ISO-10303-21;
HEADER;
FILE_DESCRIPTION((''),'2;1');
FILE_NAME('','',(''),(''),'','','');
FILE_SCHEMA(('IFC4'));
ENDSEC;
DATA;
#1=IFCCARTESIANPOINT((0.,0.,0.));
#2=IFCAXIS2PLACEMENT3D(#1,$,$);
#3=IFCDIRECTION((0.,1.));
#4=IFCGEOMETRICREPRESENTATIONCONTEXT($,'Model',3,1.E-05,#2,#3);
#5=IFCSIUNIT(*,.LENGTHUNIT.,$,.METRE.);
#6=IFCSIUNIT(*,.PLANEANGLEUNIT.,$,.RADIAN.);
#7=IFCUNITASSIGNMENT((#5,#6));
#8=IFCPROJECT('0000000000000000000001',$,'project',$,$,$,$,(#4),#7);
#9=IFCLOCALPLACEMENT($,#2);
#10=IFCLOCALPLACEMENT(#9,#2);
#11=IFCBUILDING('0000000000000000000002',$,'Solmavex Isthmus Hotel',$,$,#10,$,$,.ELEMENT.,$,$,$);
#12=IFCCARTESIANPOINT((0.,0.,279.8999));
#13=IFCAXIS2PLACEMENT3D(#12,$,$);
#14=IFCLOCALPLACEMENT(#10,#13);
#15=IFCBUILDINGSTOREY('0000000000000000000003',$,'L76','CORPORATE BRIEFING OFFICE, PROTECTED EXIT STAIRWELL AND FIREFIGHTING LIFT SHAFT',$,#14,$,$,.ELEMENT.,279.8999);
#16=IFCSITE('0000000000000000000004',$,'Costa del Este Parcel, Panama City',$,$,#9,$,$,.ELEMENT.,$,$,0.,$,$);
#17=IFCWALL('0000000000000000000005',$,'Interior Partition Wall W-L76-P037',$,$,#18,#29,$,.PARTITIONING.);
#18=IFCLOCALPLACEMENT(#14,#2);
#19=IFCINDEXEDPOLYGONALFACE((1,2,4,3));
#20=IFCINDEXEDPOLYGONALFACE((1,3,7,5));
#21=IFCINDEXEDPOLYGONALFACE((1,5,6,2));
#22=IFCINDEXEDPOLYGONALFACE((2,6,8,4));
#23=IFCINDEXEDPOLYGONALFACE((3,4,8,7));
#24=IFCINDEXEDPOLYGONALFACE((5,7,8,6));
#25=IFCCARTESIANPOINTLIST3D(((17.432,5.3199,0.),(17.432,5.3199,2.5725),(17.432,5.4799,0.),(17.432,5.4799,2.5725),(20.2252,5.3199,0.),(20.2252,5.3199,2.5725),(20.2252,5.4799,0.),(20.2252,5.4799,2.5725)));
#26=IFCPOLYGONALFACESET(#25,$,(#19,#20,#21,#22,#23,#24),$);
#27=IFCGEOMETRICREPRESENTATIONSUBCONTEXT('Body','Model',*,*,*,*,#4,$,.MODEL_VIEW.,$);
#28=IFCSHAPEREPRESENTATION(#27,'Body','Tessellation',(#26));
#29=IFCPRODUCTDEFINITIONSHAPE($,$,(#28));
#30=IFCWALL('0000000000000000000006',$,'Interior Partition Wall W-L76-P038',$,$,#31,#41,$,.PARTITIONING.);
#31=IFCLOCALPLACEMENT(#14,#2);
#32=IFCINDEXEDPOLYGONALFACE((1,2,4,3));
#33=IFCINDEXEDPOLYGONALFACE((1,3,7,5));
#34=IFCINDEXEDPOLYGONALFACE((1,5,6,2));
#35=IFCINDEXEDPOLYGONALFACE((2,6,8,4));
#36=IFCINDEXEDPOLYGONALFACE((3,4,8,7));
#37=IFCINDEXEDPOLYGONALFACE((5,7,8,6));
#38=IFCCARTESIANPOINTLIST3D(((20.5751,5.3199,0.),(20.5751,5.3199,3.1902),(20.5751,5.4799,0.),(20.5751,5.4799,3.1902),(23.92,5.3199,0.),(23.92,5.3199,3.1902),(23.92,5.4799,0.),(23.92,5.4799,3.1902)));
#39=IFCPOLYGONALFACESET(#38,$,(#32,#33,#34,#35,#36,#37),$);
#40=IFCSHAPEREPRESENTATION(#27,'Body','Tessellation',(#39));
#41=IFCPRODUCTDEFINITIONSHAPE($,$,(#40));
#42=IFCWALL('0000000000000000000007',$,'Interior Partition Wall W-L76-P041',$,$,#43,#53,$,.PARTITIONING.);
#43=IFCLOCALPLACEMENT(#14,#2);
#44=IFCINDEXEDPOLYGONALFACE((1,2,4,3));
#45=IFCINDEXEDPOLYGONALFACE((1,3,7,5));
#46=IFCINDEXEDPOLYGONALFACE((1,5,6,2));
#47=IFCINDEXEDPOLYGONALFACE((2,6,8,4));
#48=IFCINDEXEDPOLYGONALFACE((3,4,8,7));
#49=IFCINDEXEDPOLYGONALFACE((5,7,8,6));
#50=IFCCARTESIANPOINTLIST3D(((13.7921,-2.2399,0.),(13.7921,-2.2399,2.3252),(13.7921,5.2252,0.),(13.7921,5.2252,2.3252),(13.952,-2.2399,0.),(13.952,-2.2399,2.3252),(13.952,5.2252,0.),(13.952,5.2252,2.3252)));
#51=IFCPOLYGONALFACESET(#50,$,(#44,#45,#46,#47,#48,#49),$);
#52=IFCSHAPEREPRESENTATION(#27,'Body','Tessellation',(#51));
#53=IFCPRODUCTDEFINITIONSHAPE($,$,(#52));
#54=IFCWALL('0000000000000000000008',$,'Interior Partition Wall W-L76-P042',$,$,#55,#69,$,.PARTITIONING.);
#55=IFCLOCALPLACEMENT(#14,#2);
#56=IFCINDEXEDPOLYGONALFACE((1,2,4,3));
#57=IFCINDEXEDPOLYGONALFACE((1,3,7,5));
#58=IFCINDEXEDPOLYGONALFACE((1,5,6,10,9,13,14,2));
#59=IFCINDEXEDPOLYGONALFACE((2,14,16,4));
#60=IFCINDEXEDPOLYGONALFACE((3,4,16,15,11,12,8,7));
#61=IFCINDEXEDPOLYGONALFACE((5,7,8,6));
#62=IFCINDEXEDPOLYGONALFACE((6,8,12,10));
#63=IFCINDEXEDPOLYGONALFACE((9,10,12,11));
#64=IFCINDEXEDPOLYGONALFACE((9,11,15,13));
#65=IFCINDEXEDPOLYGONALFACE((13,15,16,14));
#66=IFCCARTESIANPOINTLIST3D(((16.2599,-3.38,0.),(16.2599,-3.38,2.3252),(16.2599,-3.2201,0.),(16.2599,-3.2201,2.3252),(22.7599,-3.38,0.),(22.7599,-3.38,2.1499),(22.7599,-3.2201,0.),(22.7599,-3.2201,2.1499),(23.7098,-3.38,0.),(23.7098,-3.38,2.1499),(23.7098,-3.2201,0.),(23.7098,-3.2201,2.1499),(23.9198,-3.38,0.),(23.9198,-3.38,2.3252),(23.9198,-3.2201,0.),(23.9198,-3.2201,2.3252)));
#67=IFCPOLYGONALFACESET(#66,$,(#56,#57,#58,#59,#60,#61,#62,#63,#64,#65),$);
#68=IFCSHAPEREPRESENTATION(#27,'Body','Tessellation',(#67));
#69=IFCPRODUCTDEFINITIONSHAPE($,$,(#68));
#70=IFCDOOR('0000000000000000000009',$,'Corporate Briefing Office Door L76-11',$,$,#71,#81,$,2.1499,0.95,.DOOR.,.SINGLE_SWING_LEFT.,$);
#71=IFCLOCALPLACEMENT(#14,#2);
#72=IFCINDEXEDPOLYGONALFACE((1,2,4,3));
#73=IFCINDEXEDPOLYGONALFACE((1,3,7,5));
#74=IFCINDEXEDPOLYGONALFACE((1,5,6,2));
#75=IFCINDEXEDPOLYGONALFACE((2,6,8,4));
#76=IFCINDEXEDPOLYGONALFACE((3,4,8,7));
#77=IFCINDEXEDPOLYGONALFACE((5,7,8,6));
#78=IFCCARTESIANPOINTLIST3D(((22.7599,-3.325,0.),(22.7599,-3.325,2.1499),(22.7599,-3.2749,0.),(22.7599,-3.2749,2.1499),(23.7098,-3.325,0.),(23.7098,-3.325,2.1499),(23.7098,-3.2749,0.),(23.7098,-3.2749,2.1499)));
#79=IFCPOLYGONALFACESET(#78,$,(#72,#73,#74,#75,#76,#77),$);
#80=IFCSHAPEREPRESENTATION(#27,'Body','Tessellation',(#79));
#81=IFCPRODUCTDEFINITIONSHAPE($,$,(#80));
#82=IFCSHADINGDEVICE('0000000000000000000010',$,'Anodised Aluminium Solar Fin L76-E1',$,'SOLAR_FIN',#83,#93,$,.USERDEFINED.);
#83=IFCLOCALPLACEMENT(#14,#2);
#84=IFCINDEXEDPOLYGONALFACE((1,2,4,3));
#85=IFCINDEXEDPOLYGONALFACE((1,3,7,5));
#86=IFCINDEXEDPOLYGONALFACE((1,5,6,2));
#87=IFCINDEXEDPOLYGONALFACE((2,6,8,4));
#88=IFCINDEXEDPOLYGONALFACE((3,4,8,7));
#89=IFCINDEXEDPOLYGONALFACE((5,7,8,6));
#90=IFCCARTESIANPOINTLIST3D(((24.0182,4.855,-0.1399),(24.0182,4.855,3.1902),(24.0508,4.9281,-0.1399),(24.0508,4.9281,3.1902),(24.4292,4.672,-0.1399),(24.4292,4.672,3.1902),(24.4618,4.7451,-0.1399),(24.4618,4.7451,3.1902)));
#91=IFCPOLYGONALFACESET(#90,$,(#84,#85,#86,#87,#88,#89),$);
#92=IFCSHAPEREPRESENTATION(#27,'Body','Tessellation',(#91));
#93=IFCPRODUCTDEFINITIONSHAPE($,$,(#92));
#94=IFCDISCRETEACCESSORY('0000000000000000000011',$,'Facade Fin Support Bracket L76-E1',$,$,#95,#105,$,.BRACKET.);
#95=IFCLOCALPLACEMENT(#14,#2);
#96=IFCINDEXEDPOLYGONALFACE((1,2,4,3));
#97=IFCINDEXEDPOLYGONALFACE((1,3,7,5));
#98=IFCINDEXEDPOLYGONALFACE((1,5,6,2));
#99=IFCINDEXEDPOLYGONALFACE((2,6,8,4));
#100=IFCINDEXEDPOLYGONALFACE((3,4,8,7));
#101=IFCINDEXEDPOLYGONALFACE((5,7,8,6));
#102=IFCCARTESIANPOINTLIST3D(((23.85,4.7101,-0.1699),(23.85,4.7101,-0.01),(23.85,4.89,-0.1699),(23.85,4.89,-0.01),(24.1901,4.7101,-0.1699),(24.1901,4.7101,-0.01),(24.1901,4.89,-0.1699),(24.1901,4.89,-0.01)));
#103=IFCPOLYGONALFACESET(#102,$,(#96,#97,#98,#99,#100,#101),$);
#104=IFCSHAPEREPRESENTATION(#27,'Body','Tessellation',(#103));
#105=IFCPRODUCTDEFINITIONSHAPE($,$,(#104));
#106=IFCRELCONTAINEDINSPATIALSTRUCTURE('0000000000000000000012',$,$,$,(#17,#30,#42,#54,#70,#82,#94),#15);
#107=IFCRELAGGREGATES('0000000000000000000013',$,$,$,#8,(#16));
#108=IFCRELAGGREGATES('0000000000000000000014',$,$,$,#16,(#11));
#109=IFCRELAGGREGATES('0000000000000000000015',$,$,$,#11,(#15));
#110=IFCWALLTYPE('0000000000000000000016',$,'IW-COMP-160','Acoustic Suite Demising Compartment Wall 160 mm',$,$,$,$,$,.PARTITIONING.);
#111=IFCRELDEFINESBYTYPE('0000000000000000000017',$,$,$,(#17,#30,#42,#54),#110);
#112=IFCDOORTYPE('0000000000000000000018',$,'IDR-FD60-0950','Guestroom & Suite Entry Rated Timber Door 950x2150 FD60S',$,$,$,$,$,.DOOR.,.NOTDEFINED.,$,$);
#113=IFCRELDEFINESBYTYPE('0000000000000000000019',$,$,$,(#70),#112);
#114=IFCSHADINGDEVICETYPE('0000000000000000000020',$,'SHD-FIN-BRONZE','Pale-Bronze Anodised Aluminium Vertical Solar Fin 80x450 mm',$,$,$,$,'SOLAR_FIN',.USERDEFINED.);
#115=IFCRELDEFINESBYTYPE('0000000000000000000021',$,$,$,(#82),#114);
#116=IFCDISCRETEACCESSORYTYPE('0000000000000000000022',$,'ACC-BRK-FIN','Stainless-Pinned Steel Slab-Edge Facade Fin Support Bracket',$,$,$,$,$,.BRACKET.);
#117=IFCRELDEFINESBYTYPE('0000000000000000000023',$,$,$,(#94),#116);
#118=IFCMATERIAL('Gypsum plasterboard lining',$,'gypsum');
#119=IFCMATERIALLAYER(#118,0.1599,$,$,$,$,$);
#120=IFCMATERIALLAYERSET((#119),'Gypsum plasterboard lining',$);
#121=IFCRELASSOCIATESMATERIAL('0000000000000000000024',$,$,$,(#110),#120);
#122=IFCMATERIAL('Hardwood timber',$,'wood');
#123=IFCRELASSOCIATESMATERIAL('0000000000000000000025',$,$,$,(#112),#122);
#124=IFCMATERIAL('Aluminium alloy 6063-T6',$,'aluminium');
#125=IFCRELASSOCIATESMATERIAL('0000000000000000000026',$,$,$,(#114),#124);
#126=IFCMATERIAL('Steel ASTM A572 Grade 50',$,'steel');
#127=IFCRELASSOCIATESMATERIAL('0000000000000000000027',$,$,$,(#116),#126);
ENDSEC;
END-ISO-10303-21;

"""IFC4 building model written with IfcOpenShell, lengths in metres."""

from ifc_helpers import new_model, si_unit, direction, frame, frame_2d, origin, origin_2d, place, context, subcontext, project, spatial, rectangle, extrude, material, layer, layer_set, type_object, element, fill, save


model = new_model("IFC4")

# Units and contexts
model_context = context("Model", 3, precision=1e-05, world=origin(), true_north=direction((0.0, 1.0)))
body_context = subcontext(model_context, "Body", "Model", "MODEL_VIEW")
ifc_project = project(units=[si_unit("LENGTHUNIT", "METRE"), si_unit("PLANEANGLEUNIT", "RADIAN")], contexts=[model_context])

# Site, building, storey
site_placement = place(None, origin())
site = spatial("IfcSite", under=ifc_project, at=site_placement, Name="Costa del Este Parcel, Panama City", CompositionType="ELEMENT", RefElevation=0.0)
building_placement = place(site_placement, origin())
building = spatial("IfcBuilding", under=site, at=building_placement, Name="Solmavex Isthmus Hotel", CompositionType="ELEMENT")
storey_placement = place(building_placement, frame((0.0, 0.0, 279.8999)))
storey = spatial("IfcBuildingStorey", under=building, at=storey_placement, Name="L76", Description="CORPORATE BRIEFING OFFICE, PROTECTED EXIT STAIRWELL AND FIREFIGHTING LIFT SHAFT", CompositionType="ELEMENT", Elevation=279.8999)

# Shared definitions
ifc_material_1 = material(Name="Aluminium alloy 6063-T6", Category="aluminium")

# Walls
ifc_material_2 = material(Name="Gypsum plasterboard lining", Category="gypsum")
ifc_layer_1 = layer(ifc_material_2, 0.1599)
ifc_layer_set_1 = layer_set([ifc_layer_1], Name="Gypsum plasterboard lining")
wall_type_1 = type_object("IfcWallType", Name="IW-COMP-160", Description="Acoustic Suite Demising Compartment Wall 160 mm", PredefinedType="PARTITIONING", material=ifc_layer_set_1)
wall_1_placement = place(storey_placement, frame((20.2251, 5.3999, 0.0), z_axis=(0.0, 0.0, 1.0), x_axis=(-1.0, 0.0, 0.0)))
element("IfcWall", 1, at=wall_1_placement, inside=storey, type_object=wall_type_1, Name="Interior Partition Wall W-L76-P037", PredefinedType="PARTITIONING", context=body_context, shape_type="SweptSolid", body=[
    extrude(rectangle(XDim=2.7932, YDim=0.1599, at=frame_2d((1.3965, 0.0))), origin(), (0.0, 0.0, 1.0), 2.5725),
])
wall_2_placement = place(storey_placement, frame((23.9199, 5.3999, 0.0), z_axis=(0.0, 0.0, 1.0), x_axis=(-1.0, 0.0, 0.0)))
element("IfcWall", 2, at=wall_2_placement, inside=storey, type_object=wall_type_1, Name="Interior Partition Wall W-L76-P038", PredefinedType="PARTITIONING", context=body_context, shape_type="SweptSolid", body=[
    extrude(rectangle(XDim=3.345, YDim=0.1599, at=frame_2d((1.6724, 0.0))), origin(), (0.0, 0.0, 1.0), 3.1902),
])
wall_3_placement = place(storey_placement, frame((13.8721, 5.2251, 0.0), z_axis=(0.0, 0.0, 1.0), x_axis=(0.0, -1.0, 0.0)))
element("IfcWall", 3, at=wall_3_placement, inside=storey, type_object=wall_type_1, Name="Interior Partition Wall W-L76-P041", PredefinedType="PARTITIONING", context=body_context, shape_type="SweptSolid", body=[
    extrude(rectangle(XDim=7.4651, YDim=0.1599, at=frame_2d((3.7324, 0.0))), origin(), (0.0, 0.0, 1.0), 2.3252),
])

# Wall, opening, door
wall_4_placement = place(storey_placement, frame((23.9199, -3.3, 0.0), z_axis=(0.0, 0.0, 1.0), x_axis=(-1.0, 0.0, 0.0)))
wall_4 = element("IfcWall", 4, at=wall_4_placement, inside=storey, type_object=wall_type_1, Name="Interior Partition Wall W-L76-P042", PredefinedType="PARTITIONING", context=body_context, shape_type="SweptSolid", body=[
    extrude(rectangle(XDim=7.6599, YDim=0.1599, at=frame_2d((3.8301, 0.0))), origin(), (0.0, 0.0, 1.0), 2.3252),
])
opening_1_placement = place(wall_4_placement, frame((0.21, 0.0, 0.0)))
opening_1 = element("IfcOpeningElement", 5, at=opening_1_placement, cuts=wall_4, PredefinedType="OPENING", context=body_context, shape_type="SweptSolid", body=[
    extrude(rectangle(XDim=0.95, YDim=2.1499, at=frame_2d((0.4751, 1.075))), frame((0.0, 0.0898, 0.0), z_axis=(0.0, -1.0, 0.0), x_axis=(1.0, 0.0, 0.0)), (0.0, 0.0, 1.0), 0.1799),
])
ifc_material_3 = material(Name="Hardwood timber", Category="wood")
door_type = type_object("IfcDoorType", Name="IDR-FD60-0950", Description="Guestroom & Suite Entry Rated Timber Door 950x2150 FD60S", OperationType="NOTDEFINED", PredefinedType="DOOR", material=ifc_material_3)
door_1_placement = place(opening_1_placement, origin())
door_1 = element("IfcDoor", 6, at=door_1_placement, inside=storey, type_object=door_type, Name="Corporate Briefing Office Door L76-11", OperationType="SINGLE_SWING_LEFT", OverallHeight=2.1499, OverallWidth=0.95, PredefinedType="DOOR", context=body_context, shape_type="SweptSolid", body=[
    extrude(rectangle(XDim=0.95, YDim=2.1499, at=frame_2d((0.4751, 1.075))), frame((0.0, 0.0249, 0.0), z_axis=(0.0, -1.0, 0.0), x_axis=(1.0, 0.0, 0.0)), (0.0, 0.0, 1.0), 0.05),
])
fill(opening_1, door_1)

# Shading device
shading_device_type = type_object("IfcShadingDeviceType", Name="SHD-FIN-BRONZE", Description="Pale-Bronze Anodised Aluminium Vertical Solar Fin 80x450 mm", ElementType="SOLAR_FIN", PredefinedType="USERDEFINED", material=ifc_material_1)
shading_device_placement = place(storey_placement, frame((24.24, 4.8, -0.1399), z_axis=(0.0, 0.0, 1.0), x_axis=(0.913545, -0.406737, 0.0)))
element("IfcShadingDevice", 7, at=shading_device_placement, inside=storey, type_object=shading_device_type, Name="Anodised Aluminium Solar Fin L76-E1", ObjectType="SOLAR_FIN", PredefinedType="USERDEFINED", context=body_context, shape_type="SweptSolid", body=[
    extrude(rectangle(XDim=0.45, YDim=0.0801, at=origin_2d()), origin(), (0.0, 0.0, 1.0), 3.3301),
])

# Discrete accessory
ifc_material_4 = material(Name="Steel ASTM A572 Grade 50", Category="steel")
discrete_accessory_type = type_object("IfcDiscreteAccessoryType", Name="ACC-BRK-FIN", Description="Stainless-Pinned Steel Slab-Edge Facade Fin Support Bracket", PredefinedType="BRACKET", material=ifc_material_4)
discrete_accessory_placement = place(storey_placement, frame((24.02, 4.8, -0.1699), z_axis=(0.0, 0.0, 1.0), x_axis=(1.0, 0.0, 0.0)))
element("IfcDiscreteAccessory", 8, at=discrete_accessory_placement, inside=storey, type_object=discrete_accessory_type, Name="Facade Fin Support Bracket L76-E1", PredefinedType="BRACKET", context=body_context, shape_type="SweptSolid", body=[
    extrude(rectangle(XDim=0.3401, YDim=0.1799, at=origin_2d()), origin(), (0.0, 0.0, 1.0), 0.1599),
])

save(model, "model.ifc")
